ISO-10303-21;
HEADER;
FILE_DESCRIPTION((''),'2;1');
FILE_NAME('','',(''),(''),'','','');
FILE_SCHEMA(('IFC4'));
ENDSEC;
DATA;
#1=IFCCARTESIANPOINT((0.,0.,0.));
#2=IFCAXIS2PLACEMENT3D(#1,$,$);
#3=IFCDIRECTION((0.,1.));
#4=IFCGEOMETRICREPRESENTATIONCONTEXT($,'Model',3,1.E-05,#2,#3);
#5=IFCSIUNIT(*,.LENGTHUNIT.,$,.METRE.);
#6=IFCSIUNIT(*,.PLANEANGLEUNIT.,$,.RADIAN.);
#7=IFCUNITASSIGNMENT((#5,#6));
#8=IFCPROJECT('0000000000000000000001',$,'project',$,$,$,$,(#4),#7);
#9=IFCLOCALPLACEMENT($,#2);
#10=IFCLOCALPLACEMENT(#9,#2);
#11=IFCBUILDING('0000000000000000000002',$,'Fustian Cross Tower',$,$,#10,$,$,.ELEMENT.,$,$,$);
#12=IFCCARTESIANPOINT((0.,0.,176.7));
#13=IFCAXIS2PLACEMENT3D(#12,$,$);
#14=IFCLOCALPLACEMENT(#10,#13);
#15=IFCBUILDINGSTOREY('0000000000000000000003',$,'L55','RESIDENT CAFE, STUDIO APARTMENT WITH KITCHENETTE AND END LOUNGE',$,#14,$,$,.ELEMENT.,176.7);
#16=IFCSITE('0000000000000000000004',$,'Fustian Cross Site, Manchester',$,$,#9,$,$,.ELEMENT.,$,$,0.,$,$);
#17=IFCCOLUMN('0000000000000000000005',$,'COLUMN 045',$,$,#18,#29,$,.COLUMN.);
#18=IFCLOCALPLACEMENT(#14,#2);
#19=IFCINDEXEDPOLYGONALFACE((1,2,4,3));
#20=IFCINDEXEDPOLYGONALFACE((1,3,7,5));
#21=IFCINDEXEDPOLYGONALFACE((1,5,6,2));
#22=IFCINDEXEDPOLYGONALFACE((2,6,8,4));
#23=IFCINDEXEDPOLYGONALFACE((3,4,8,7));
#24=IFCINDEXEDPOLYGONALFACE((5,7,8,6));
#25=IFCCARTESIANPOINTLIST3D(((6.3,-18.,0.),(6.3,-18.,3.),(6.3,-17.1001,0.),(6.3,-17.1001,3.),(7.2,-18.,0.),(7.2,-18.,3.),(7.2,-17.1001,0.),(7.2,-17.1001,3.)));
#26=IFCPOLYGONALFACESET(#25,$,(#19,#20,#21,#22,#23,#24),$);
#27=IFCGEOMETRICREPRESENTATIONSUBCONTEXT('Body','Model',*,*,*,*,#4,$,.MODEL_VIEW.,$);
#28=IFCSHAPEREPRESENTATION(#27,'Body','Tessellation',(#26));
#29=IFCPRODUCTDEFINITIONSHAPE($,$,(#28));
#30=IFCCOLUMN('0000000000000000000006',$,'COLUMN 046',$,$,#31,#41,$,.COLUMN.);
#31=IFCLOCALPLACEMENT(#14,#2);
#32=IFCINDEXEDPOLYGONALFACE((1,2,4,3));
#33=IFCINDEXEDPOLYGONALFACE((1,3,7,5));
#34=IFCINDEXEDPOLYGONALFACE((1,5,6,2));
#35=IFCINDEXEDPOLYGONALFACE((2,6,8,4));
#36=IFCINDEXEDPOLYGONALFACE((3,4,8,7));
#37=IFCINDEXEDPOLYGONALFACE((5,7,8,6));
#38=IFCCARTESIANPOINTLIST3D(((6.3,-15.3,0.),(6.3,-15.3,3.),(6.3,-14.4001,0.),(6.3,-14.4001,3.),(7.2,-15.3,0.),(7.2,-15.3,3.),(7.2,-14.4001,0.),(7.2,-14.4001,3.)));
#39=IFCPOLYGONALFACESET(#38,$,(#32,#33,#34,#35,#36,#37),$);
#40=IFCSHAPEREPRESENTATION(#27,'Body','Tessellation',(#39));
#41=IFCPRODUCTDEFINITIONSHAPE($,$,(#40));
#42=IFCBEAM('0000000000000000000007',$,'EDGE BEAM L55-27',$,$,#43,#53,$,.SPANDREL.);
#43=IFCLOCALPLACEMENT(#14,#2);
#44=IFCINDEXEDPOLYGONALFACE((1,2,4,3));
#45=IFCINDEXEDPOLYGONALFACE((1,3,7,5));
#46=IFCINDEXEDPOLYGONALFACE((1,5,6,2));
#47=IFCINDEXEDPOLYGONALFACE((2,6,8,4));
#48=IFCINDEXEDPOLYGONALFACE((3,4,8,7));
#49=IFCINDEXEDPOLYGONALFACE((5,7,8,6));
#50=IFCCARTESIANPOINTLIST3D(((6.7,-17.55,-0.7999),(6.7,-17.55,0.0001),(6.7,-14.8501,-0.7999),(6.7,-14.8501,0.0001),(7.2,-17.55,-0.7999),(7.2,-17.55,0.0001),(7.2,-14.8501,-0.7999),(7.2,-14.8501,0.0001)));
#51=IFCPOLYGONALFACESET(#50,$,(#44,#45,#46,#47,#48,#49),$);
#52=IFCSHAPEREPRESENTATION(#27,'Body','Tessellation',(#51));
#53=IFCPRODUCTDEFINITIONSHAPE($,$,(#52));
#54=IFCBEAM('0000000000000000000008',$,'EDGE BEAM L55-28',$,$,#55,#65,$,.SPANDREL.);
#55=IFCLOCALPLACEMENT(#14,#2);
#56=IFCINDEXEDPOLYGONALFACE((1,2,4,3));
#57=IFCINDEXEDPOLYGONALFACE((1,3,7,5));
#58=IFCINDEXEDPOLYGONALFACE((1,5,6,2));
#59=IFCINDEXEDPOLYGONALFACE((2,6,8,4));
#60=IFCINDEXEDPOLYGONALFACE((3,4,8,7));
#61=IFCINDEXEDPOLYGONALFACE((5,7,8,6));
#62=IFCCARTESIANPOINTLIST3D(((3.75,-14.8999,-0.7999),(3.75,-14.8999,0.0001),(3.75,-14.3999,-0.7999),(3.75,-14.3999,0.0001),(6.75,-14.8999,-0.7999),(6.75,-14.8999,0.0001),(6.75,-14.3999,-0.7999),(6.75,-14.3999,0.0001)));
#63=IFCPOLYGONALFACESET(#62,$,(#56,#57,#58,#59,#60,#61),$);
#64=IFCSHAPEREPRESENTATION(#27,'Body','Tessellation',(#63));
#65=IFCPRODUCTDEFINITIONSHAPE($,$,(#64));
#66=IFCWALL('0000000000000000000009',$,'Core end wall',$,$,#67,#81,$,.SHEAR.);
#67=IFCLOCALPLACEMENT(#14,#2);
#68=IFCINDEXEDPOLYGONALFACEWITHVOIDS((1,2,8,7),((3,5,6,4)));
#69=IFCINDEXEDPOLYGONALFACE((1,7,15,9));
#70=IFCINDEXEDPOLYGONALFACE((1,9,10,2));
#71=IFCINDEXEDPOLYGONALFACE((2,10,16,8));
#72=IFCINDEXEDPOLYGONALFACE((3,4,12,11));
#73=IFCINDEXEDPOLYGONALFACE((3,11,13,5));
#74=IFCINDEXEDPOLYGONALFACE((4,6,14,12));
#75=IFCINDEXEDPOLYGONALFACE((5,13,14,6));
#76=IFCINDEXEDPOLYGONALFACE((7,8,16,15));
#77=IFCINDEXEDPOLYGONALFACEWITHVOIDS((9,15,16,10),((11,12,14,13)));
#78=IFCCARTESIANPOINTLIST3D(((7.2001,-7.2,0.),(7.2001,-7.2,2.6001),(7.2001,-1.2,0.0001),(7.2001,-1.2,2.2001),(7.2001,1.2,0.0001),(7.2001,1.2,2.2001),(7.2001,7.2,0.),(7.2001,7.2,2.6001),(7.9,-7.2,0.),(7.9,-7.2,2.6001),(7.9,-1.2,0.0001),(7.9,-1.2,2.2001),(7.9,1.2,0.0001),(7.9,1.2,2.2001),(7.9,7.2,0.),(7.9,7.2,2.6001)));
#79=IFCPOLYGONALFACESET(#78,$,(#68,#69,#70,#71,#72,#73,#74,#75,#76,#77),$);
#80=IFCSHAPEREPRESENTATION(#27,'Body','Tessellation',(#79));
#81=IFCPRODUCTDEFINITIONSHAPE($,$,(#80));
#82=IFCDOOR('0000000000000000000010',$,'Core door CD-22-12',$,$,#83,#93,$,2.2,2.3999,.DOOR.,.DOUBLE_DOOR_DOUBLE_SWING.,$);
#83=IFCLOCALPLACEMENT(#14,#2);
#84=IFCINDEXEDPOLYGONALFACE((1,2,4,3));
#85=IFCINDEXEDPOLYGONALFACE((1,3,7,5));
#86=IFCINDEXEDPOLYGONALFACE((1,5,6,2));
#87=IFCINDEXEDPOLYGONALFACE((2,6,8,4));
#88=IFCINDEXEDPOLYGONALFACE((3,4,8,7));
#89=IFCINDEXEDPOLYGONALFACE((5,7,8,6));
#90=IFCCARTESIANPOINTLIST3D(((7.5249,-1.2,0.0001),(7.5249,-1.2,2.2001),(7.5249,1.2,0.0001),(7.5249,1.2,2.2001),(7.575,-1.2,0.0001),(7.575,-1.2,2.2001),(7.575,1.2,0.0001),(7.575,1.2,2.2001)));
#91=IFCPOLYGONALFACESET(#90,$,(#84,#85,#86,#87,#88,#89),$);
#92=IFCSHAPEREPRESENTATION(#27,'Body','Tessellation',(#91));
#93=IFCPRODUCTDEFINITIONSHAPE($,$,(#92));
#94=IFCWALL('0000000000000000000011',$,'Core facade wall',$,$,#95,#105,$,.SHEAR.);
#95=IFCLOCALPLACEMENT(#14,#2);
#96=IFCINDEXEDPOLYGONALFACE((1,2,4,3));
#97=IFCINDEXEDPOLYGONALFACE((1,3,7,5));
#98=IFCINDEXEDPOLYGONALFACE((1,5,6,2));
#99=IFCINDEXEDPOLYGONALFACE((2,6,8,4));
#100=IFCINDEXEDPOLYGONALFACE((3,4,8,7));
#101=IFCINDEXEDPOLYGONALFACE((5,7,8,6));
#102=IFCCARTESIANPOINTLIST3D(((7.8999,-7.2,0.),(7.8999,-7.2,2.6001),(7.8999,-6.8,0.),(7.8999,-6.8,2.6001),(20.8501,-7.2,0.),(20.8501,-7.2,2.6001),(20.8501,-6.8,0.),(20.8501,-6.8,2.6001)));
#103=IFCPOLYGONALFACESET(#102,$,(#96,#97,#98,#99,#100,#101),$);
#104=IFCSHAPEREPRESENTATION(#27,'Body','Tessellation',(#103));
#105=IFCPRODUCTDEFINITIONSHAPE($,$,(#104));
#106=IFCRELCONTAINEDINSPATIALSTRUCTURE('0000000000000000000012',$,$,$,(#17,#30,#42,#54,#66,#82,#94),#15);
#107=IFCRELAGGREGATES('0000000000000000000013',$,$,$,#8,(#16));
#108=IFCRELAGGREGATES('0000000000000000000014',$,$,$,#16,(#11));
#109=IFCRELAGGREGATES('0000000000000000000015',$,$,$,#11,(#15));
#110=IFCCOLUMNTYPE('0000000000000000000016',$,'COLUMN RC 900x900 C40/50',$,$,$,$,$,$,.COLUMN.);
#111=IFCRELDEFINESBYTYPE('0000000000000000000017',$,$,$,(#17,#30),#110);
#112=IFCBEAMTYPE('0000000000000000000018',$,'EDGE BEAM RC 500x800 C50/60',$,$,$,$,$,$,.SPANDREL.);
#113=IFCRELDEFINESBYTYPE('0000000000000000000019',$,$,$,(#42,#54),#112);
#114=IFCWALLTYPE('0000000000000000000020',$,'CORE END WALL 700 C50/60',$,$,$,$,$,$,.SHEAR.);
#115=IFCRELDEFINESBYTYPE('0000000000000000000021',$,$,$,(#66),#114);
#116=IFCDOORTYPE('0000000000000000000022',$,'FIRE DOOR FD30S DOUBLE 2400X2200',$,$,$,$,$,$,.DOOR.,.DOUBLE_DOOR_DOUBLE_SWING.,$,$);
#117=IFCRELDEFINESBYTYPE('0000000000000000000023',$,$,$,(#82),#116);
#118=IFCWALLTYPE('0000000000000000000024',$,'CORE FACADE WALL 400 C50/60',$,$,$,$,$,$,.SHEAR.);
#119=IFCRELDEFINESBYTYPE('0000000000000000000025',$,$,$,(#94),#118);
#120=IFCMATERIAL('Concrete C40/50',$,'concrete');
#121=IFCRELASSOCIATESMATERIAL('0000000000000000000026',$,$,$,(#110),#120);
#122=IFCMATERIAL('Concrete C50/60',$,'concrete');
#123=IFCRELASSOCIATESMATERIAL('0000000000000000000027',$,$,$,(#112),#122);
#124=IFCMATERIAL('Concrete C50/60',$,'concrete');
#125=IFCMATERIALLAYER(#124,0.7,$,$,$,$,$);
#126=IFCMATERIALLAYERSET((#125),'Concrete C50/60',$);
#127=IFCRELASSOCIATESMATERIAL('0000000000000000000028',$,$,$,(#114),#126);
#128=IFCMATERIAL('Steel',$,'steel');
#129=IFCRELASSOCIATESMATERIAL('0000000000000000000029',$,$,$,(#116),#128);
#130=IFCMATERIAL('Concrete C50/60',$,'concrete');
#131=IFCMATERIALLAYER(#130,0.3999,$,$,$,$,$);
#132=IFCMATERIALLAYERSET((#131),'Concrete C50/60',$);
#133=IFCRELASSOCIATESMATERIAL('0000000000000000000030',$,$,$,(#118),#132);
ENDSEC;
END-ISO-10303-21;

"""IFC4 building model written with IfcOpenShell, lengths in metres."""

from ifc_helpers import new_model, si_unit, direction, frame, frame_2d, origin, origin_2d, place, context, subcontext, project, spatial, rectangle, extrude, material, layer, layer_set, material_profile, profile_set, type_object, element, fill, save


model = new_model("IFC4")

# Units and contexts
model_context = context("Model", 3, precision=1e-05, world=origin(), true_north=direction((0.0, 1.0)))
body_context = subcontext(model_context, "Body", "Model", "MODEL_VIEW")
ifc_project = project(units=[si_unit("LENGTHUNIT", "METRE"), si_unit("PLANEANGLEUNIT", "RADIAN")], contexts=[model_context])

# Site, building, storey
site_placement = place(None, origin())
site = spatial("IfcSite", under=ifc_project, at=site_placement, Name="Fustian Cross Site, Manchester", CompositionType="ELEMENT", RefElevation=0.0)
building_placement = place(site_placement, origin())
building = spatial("IfcBuilding", under=site, at=building_placement, Name="Fustian Cross Tower", CompositionType="ELEMENT")
storey_placement = place(building_placement, frame((0.0, 0.0, 176.7)))
storey = spatial("IfcBuildingStorey", under=building, at=storey_placement, Name="L55", Description="RESIDENT CAFE, STUDIO APARTMENT WITH KITCHENETTE AND END LOUNGE", CompositionType="ELEMENT", Elevation=176.7)

# Columns
ifc_material_1 = material(Name="Concrete C40/50", Category="concrete")
ifc_material_profile_1 = material_profile(ifc_material_1, rectangle(XDim=0.8999, YDim=0.8999, at=origin_2d()), Name="RC 900x900")
ifc_profile_set_1 = profile_set([ifc_material_profile_1], Name="Concrete C40/50")
column_type = type_object("IfcColumnType", Name="COLUMN RC 900x900 C40/50", PredefinedType="COLUMN", material=ifc_profile_set_1)
for number, where, z_axis, x_axis, name in (
    (1, (6.75, -17.55, 0.0), (0.0, 0.0, 1.0), (1.0, 0.0, 0.0), "COLUMN 045"),
    (2, (6.75, -14.8501, 0.0), (0.0, 0.0, 1.0), (1.0, 0.0, 0.0), "COLUMN 046"),
):
    element("IfcColumn", number, at=place(storey_placement, frame(where, z_axis=z_axis, x_axis=x_axis)), inside=storey, type_object=column_type, Name=name, PredefinedType="COLUMN", context=body_context, shape_type="SweptSolid", body=[
        extrude(rectangle(XDim=0.8999, YDim=0.8999, at=origin_2d()), origin(), (0.0, 0.0, 1.0), 3.0),
    ])

# Beams
ifc_material_2 = material(Name="Concrete C50/60", Category="concrete")
ifc_material_profile_2 = material_profile(ifc_material_2, rectangle(XDim=0.5, YDim=0.8, at=origin_2d()), Name="RC 500x800")
ifc_profile_set_2 = profile_set([ifc_material_profile_2], Name="Concrete C50/60")
beam_type = type_object("IfcBeamType", Name="EDGE BEAM RC 500x800 C50/60", PredefinedType="SPANDREL", material=ifc_profile_set_2)
beam_1_placement = place(storey_placement, frame((6.95, -17.55, -0.3999), z_axis=(0.0, 1.0, 0.0), x_axis=(-1.0, 0.0, 0.0)))
element("IfcBeam", 3, at=beam_1_placement, inside=storey, type_object=beam_type, Name="EDGE BEAM L55-27", PredefinedType="SPANDREL", context=body_context, shape_type="SweptSolid", body=[
    extrude(rectangle(XDim=0.5, YDim=0.8, at=origin_2d()), origin(), (0.0, 0.0, 1.0), 2.7),
])
beam_2_placement = place(storey_placement, frame((6.75, -14.6499, -0.3999), z_axis=(-1.0, 0.0, 0.0), x_axis=(0.0, -1.0, 0.0)))
element("IfcBeam", 4, at=beam_2_placement, inside=storey, type_object=beam_type, Name="EDGE BEAM L55-28", PredefinedType="SPANDREL", context=body_context, shape_type="SweptSolid", body=[
    extrude(rectangle(XDim=0.5, YDim=0.8, at=origin_2d()), origin(), (0.0, 0.0, 1.0), 3.0),
])

# Wall, opening, door
ifc_material_3 = material(Name="Concrete C50/60", Category="concrete")
ifc_layer_1 = layer(ifc_material_3, 0.7)
ifc_layer_set_1 = layer_set([ifc_layer_1], Name="Concrete C50/60")
wall_type_1 = type_object("IfcWallType", Name="CORE END WALL 700 C50/60", PredefinedType="SHEAR", material=ifc_layer_set_1)
wall_1_placement = place(storey_placement, frame((7.55, -7.2, 0.0), z_axis=(0.0, 0.0, 1.0), x_axis=(0.0, 1.0, 0.0)))
wall_1 = element("IfcWall", 5, at=wall_1_placement, inside=storey, type_object=wall_type_1, Name="Core end wall", PredefinedType="SHEAR", context=body_context, shape_type="SweptSolid", body=[
    extrude(rectangle(XDim=14.3999, YDim=0.7, at=frame_2d((7.2, 0.0))), origin(), (0.0, 0.0, 1.0), 2.6001),
])
opening_1_placement = place(wall_1_placement, frame((6.0, 0.0, 0.0)))
opening_1 = element("IfcOpeningElement", 6, at=opening_1_placement, cuts=wall_1, PredefinedType="OPENING", context=body_context, shape_type="SweptSolid", body=[
    extrude(rectangle(XDim=2.3999, YDim=2.2, at=frame_2d((1.2, 1.1001))), frame((0.0, 0.3599, 0.0), z_axis=(0.0, -1.0, 0.0), x_axis=(1.0, 0.0, 0.0)), (0.0, 0.0, 1.0), 0.72),
])
ifc_material_4 = material(Name="Steel", Category="steel")
door_type_1 = type_object("IfcDoorType", Name="FIRE DOOR FD30S DOUBLE 2400X2200", OperationType="DOUBLE_DOOR_DOUBLE_SWING", PredefinedType="DOOR", material=ifc_material_4)
door_1_placement = place(opening_1_placement, frame((2.3999, 0.0, 0.0), z_axis=(0.0, 0.0, 1.0), x_axis=(-1.0, 0.0, 0.0)))
door_1 = element("IfcDoor", 7, at=door_1_placement, inside=storey, type_object=door_type_1, Name="Core door CD-22-12", OperationType="DOUBLE_DOOR_DOUBLE_SWING", OverallHeight=2.2, OverallWidth=2.3999, PredefinedType="DOOR", context=body_context, shape_type="SweptSolid", body=[
    extrude(rectangle(XDim=2.3999, YDim=2.2, at=frame_2d((1.2, 1.1001))), frame((0.0, 0.0249, 0.0), z_axis=(0.0, -1.0, 0.0), x_axis=(1.0, 0.0, 0.0)), (0.0, 0.0, 1.0), 0.05),
])
fill(opening_1, door_1)

# Wall
ifc_material_5 = material(Name="Concrete C50/60", Category="concrete")
ifc_layer_2 = layer(ifc_material_5, 0.3999)
ifc_layer_set_2 = layer_set([ifc_layer_2], Name="Concrete C50/60")
wall_type_2 = type_object("IfcWallType", Name="CORE FACADE WALL 400 C50/60", PredefinedType="SHEAR", material=ifc_layer_set_2)
wall_2_placement = place(storey_placement, frame((7.8999, -7.0, 0.0), z_axis=(0.0, 0.0, 1.0), x_axis=(1.0, 0.0, 0.0)))
element("IfcWall", 8, at=wall_2_placement, inside=storey, type_object=wall_type_2, Name="Core facade wall", PredefinedType="SHEAR", context=body_context, shape_type="SweptSolid", body=[
    extrude(rectangle(XDim=12.9502, YDim=0.3999, at=frame_2d((6.4751, 0.0))), origin(), (0.0, 0.0, 1.0), 2.6001),
])

save(model, "model.ifc")
